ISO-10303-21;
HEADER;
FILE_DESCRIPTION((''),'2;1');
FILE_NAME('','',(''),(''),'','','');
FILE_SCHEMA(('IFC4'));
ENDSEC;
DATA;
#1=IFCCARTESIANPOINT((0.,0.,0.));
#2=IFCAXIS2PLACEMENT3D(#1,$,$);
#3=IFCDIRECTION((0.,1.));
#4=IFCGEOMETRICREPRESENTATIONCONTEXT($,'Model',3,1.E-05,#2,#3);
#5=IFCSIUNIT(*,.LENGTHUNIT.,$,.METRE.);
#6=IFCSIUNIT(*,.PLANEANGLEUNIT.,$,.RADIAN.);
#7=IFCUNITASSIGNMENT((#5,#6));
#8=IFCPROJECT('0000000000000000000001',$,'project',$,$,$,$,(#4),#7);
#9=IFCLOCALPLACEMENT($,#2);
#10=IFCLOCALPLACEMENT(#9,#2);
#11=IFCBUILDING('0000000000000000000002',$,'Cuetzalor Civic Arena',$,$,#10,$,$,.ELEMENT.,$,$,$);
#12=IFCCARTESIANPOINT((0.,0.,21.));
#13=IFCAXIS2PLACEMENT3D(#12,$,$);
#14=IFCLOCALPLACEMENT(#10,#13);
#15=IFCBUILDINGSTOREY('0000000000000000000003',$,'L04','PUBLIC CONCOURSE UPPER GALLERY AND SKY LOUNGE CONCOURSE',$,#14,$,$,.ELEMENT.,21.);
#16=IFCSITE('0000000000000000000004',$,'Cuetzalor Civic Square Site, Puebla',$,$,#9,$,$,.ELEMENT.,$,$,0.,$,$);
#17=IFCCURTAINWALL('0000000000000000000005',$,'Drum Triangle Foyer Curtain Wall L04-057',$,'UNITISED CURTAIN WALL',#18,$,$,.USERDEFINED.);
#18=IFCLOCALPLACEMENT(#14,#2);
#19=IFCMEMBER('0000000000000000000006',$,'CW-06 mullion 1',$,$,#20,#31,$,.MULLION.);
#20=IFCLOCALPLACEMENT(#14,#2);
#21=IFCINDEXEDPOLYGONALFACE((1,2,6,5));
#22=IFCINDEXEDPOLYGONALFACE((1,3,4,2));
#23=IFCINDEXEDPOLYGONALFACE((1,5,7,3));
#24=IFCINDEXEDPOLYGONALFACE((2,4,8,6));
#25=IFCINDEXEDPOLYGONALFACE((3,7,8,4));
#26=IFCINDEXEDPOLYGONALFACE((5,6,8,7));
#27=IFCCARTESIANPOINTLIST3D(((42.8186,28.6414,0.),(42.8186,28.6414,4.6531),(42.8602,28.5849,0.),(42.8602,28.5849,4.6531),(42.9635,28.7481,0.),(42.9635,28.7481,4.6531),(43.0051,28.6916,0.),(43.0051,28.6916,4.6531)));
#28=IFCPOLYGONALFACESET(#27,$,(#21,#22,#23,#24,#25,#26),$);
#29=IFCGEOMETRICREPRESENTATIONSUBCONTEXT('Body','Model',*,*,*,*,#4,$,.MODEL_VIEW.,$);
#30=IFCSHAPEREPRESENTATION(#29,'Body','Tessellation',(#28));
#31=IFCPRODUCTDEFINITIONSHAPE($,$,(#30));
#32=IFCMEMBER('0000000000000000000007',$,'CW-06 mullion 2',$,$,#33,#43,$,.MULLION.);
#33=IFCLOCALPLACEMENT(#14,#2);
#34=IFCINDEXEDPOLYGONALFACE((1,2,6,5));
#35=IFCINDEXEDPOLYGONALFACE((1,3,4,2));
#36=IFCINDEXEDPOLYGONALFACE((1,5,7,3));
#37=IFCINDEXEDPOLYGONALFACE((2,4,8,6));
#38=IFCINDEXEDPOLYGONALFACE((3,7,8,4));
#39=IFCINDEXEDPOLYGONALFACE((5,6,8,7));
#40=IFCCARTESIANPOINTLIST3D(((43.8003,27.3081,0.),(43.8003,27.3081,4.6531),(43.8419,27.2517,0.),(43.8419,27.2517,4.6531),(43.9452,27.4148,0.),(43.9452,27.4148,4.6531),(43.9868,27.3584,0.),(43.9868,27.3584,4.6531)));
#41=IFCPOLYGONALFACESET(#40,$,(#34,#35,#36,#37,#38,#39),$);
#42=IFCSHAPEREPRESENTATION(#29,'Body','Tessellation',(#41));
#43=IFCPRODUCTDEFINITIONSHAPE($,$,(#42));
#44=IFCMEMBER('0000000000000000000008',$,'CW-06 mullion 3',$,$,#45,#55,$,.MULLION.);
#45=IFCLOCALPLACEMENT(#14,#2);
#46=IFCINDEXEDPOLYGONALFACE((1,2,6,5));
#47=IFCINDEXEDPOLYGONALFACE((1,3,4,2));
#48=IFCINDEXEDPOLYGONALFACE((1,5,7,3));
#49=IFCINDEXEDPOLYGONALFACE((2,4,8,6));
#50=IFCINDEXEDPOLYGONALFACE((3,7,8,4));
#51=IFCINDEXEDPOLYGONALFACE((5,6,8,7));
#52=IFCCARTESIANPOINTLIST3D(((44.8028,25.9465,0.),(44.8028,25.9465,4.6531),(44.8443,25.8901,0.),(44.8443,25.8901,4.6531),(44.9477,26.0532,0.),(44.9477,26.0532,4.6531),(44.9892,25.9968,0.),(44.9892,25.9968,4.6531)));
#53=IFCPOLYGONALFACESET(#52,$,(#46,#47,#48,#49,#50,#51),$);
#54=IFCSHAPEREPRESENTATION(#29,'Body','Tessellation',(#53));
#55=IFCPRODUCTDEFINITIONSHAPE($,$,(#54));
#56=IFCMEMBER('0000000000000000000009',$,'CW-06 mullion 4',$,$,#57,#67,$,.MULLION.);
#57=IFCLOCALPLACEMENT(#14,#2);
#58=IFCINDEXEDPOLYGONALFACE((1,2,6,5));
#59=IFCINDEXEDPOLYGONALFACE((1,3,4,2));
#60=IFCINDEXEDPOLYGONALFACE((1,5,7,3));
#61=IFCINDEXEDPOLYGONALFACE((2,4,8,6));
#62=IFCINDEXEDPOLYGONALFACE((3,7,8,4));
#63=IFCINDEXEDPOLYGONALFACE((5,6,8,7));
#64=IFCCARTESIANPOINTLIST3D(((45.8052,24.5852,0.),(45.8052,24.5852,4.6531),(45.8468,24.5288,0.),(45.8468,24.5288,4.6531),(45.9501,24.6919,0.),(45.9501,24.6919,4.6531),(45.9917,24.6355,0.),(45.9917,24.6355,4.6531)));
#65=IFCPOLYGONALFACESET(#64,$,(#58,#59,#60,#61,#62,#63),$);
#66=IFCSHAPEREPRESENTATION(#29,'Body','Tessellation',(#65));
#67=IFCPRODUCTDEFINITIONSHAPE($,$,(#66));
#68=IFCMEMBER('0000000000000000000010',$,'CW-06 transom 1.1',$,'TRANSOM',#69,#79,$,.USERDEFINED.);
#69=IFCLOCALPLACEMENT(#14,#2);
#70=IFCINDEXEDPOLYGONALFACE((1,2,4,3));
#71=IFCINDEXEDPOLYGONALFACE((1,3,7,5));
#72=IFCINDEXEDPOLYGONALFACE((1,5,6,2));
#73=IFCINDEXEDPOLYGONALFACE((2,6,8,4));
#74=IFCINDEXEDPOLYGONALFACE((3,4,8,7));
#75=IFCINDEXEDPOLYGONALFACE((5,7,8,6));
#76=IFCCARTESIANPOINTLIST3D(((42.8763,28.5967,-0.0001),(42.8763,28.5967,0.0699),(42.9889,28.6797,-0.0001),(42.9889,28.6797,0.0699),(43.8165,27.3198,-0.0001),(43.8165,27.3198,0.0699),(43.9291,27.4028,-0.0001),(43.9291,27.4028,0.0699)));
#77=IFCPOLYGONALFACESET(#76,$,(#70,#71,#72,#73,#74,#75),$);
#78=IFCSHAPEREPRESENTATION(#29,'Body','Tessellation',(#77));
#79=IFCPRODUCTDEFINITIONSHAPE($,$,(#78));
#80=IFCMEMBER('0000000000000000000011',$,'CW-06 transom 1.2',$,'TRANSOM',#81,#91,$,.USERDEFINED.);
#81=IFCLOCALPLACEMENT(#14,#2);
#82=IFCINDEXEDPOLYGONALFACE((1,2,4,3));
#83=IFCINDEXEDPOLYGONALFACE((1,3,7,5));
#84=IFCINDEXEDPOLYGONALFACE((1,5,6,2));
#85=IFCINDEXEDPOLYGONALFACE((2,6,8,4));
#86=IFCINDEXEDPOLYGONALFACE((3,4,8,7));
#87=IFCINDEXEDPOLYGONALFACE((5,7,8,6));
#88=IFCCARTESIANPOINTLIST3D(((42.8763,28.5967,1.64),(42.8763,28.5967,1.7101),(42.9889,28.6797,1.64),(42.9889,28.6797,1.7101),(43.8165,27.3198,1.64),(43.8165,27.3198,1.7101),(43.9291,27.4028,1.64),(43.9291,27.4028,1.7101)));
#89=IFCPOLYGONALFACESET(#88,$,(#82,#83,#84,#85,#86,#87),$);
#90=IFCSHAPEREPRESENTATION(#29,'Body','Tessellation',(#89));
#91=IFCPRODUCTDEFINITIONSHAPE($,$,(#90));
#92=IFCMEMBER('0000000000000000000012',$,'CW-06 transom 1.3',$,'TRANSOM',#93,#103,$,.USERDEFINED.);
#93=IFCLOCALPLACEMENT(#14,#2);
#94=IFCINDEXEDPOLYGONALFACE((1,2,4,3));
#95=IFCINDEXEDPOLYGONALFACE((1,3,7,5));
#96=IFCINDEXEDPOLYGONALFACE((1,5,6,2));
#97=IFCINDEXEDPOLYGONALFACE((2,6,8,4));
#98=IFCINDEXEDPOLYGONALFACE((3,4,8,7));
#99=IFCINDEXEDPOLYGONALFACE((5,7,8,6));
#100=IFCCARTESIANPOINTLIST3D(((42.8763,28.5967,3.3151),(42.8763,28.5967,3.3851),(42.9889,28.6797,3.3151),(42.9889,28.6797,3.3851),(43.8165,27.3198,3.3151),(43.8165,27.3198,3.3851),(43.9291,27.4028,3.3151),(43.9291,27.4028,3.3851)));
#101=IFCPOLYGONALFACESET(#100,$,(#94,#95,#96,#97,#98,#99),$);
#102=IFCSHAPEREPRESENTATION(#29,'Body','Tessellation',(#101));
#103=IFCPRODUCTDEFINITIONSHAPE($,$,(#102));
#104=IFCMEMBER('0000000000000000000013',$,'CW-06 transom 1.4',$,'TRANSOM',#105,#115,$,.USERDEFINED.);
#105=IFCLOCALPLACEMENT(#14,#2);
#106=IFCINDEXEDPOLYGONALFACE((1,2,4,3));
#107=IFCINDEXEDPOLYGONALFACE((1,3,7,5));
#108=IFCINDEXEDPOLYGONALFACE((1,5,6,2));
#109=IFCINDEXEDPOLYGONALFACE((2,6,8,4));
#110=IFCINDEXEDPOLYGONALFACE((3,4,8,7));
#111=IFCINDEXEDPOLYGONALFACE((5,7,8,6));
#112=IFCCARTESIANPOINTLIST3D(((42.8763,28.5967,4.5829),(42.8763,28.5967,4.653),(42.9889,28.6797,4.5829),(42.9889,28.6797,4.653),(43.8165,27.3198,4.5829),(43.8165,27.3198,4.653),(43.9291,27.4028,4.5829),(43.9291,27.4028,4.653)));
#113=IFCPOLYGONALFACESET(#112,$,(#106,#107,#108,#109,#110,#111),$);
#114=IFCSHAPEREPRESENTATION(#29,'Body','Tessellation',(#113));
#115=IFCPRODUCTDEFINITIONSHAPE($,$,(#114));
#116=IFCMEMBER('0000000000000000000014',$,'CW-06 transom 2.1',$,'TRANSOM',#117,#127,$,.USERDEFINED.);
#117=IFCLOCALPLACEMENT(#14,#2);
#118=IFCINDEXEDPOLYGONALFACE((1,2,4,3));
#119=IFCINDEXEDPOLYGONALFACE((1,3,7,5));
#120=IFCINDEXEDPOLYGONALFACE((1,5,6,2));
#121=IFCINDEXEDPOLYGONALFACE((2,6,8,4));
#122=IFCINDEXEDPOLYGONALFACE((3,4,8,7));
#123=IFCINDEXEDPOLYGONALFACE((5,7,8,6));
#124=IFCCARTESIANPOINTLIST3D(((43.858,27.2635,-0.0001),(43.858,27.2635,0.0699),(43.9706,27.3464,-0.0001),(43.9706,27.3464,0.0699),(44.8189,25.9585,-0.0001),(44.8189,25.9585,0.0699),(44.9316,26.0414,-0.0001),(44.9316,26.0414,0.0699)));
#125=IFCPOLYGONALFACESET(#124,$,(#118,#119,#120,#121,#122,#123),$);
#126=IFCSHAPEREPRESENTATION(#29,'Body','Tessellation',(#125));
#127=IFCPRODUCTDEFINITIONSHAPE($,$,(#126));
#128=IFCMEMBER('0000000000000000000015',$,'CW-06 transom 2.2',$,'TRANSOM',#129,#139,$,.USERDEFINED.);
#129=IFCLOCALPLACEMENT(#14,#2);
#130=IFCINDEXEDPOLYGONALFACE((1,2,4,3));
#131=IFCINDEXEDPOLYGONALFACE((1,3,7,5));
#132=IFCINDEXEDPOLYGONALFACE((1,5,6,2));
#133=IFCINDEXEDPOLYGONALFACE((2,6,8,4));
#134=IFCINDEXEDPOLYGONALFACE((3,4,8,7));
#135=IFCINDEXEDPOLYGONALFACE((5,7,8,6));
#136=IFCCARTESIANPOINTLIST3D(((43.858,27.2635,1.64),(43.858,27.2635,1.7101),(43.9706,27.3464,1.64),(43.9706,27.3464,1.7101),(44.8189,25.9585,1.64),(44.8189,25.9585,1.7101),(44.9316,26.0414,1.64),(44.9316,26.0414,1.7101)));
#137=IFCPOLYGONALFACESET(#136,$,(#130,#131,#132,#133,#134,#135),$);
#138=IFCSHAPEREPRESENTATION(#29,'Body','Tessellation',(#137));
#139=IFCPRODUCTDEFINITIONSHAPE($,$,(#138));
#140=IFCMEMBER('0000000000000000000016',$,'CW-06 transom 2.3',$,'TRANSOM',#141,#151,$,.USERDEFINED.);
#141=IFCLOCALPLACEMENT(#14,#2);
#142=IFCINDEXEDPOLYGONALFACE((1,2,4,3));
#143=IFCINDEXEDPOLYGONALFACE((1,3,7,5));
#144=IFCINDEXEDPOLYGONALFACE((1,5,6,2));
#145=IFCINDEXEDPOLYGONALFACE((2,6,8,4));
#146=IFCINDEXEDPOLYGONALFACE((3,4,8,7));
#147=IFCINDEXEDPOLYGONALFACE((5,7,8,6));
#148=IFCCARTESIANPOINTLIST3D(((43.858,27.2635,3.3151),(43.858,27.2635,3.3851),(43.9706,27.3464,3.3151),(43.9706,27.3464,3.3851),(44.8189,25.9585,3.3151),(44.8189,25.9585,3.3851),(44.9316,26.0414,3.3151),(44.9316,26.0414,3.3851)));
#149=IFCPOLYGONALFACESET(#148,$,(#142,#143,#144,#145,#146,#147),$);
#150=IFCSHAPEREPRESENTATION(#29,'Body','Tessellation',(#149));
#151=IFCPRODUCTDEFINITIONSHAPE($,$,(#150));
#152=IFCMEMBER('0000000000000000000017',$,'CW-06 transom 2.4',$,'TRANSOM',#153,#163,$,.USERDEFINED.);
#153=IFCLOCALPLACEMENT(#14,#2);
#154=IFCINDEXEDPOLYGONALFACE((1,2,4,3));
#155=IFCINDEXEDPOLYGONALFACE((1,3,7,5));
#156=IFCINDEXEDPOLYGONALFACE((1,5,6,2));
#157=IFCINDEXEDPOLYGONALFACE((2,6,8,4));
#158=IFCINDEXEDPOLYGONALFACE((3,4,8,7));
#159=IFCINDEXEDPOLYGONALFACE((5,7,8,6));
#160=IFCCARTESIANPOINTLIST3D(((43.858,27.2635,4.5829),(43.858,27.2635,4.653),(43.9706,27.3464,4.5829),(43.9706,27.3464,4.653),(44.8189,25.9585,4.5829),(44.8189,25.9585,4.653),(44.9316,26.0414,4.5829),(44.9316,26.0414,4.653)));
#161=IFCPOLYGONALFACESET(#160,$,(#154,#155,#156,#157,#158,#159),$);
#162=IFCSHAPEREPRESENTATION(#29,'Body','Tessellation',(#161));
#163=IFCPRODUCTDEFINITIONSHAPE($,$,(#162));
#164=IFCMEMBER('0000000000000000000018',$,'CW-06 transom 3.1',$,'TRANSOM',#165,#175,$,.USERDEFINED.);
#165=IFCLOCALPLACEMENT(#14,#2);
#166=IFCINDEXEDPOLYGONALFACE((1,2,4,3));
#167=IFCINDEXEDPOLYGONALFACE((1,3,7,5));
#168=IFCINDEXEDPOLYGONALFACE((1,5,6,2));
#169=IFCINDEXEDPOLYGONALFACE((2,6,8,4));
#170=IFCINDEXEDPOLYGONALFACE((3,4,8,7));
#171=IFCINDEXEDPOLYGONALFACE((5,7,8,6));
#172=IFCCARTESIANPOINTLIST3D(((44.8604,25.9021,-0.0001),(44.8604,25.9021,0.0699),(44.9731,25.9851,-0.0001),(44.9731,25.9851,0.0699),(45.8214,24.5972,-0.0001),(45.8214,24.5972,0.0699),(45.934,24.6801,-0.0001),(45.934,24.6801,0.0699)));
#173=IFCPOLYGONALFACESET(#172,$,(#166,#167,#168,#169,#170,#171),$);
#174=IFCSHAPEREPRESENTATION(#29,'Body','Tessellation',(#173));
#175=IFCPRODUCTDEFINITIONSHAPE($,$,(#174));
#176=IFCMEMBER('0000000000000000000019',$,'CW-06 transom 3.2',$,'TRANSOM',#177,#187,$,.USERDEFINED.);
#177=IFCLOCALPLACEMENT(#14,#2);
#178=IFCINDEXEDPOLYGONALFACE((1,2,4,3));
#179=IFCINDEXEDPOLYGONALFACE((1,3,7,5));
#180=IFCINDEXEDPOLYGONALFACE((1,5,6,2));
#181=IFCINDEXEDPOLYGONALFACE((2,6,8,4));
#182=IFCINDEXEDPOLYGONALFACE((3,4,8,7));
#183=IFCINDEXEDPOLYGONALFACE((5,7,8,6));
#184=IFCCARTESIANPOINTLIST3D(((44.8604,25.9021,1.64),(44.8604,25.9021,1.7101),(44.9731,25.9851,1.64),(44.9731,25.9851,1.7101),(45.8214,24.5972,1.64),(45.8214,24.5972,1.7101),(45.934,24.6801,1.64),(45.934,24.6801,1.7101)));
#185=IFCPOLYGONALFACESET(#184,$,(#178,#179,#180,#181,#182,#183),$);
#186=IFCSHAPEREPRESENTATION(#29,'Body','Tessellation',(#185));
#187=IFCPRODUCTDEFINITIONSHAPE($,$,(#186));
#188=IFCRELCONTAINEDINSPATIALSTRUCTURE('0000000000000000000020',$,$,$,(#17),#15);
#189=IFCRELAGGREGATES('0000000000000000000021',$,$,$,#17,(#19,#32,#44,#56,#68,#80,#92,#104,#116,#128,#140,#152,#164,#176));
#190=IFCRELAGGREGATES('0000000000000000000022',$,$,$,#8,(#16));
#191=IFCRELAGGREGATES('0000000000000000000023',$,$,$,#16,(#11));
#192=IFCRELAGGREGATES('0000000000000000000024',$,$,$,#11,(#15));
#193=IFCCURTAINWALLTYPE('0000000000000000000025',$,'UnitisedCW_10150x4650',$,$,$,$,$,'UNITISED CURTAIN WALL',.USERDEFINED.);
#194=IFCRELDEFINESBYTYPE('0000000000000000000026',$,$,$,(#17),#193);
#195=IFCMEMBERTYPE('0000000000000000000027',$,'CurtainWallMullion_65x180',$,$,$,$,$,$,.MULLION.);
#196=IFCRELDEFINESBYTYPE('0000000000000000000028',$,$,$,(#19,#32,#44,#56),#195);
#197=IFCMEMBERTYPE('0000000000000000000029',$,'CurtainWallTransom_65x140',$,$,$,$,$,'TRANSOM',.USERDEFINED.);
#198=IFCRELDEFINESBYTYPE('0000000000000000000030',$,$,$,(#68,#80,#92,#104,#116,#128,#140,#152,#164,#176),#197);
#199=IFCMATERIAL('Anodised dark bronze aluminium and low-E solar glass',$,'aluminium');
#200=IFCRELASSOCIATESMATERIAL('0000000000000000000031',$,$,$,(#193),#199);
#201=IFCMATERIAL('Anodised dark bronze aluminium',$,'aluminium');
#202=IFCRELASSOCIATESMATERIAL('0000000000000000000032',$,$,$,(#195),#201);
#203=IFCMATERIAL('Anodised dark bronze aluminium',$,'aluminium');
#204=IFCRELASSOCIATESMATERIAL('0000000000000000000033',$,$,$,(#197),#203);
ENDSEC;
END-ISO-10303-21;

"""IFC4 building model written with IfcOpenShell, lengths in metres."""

from ifc_helpers import new_model, si_unit, direction, frame, origin, origin_2d, place, context, subcontext, project, spatial, rectangle, extrude, material, material_profile, profile_set, type_object, element, aggregate, save


model = new_model("IFC4")

# Units and contexts
model_context = context("Model", 3, precision=1e-05, world=origin(), true_north=direction((0.0, 1.0)))
body_context = subcontext(model_context, "Body", "Model", "MODEL_VIEW")
ifc_project = project(units=[si_unit("LENGTHUNIT", "METRE"), si_unit("PLANEANGLEUNIT", "RADIAN")], contexts=[model_context])

# Site, building, storey
site_placement = place(None, origin())
site = spatial("IfcSite", under=ifc_project, at=site_placement, Name="Cuetzalor Civic Square Site, Puebla", CompositionType="ELEMENT", RefElevation=0.0)
building_placement = place(site_placement, origin())
building = spatial("IfcBuilding", under=site, at=building_placement, Name="Cuetzalor Civic Arena", CompositionType="ELEMENT")
storey_placement = place(building_placement, frame((0.0, 0.0, 21.0)))
storey = spatial("IfcBuildingStorey", under=building, at=storey_placement, Name="L04", Description="PUBLIC CONCOURSE UPPER GALLERY AND SKY LOUNGE CONCOURSE", CompositionType="ELEMENT", Elevation=21.0)

# Curtain wall, members
ifc_material_1 = material(Name="Anodised dark bronze aluminium and low-E solar glass", Category="aluminium")
curtain_wall_type = type_object("IfcCurtainWallType", Name="UnitisedCW_10150x4650", ElementType="UNITISED CURTAIN WALL", PredefinedType="USERDEFINED", material=ifc_material_1)
curtain_wall_placement = place(storey_placement, origin())
curtain_wall = element("IfcCurtainWall", 1, at=curtain_wall_placement, inside=storey, type_object=curtain_wall_type, Name="Drum Triangle Foyer Curtain Wall L04-057", ObjectType="UNITISED CURTAIN WALL", PredefinedType="USERDEFINED")
ifc_material_2 = material(Name="Anodised dark bronze aluminium", Category="aluminium")
ifc_material_profile_1 = material_profile(ifc_material_2, rectangle(XDim=0.0701, YDim=0.1799, at=origin_2d()), Name="ALU MULLION 70x180")
ifc_profile_set_1 = profile_set([ifc_material_profile_1], Name="Anodised dark bronze aluminium")
member_type_1 = type_object("IfcMemberType", Name="CurtainWallMullion_65x180", PredefinedType="MULLION", material=ifc_profile_set_1)
member_1_placement = place(storey_placement, frame((42.9119, 28.6665, 0.0), z_axis=(0.0, 0.0, 1.0), x_axis=(0.592929, -0.805255, 0.0)))
member_1 = element("IfcMember", 2, at=member_1_placement, type_object=member_type_1, Name="CW-06 mullion 1", PredefinedType="MULLION", context=body_context, shape_type="SweptSolid", body=[
    extrude(rectangle(XDim=0.0701, YDim=0.1799, at=origin_2d()), origin(), (0.0, 0.0, 1.0), 4.6531),
])
member_2_placement = place(storey_placement, frame((43.8936, 27.3333, 0.0), z_axis=(0.0, 0.0, 1.0), x_axis=(0.592929, -0.805255, 0.0)))
member_2 = element("IfcMember", 3, at=member_2_placement, type_object=member_type_1, Name="CW-06 mullion 2", PredefinedType="MULLION", context=body_context, shape_type="SweptSolid", body=[
    extrude(rectangle(XDim=0.0701, YDim=0.1799, at=origin_2d()), origin(), (0.0, 0.0, 1.0), 4.6531),
])
member_3_placement = place(storey_placement, frame((44.896, 25.9717, 0.0), z_axis=(0.0, 0.0, 1.0), x_axis=(0.592929, -0.805255, 0.0)))
member_3 = element("IfcMember", 4, at=member_3_placement, type_object=member_type_1, Name="CW-06 mullion 3", PredefinedType="MULLION", context=body_context, shape_type="SweptSolid", body=[
    extrude(rectangle(XDim=0.0701, YDim=0.1799, at=origin_2d()), origin(), (0.0, 0.0, 1.0), 4.6531),
])
member_4_placement = place(storey_placement, frame((45.8984, 24.6104, 0.0), z_axis=(0.0, 0.0, 1.0), x_axis=(0.592929, -0.805255, 0.0)))
member_4 = element("IfcMember", 5, at=member_4_placement, type_object=member_type_1, Name="CW-06 mullion 4", PredefinedType="MULLION", context=body_context, shape_type="SweptSolid", body=[
    extrude(rectangle(XDim=0.0701, YDim=0.1799, at=origin_2d()), origin(), (0.0, 0.0, 1.0), 4.6531),
])
ifc_material_3 = material(Name="Anodised dark bronze aluminium", Category="aluminium")
ifc_material_profile_2 = material_profile(ifc_material_3, rectangle(XDim=0.1399, YDim=0.0701, at=origin_2d()), Name="ALU TRANSOM 70x140")
ifc_profile_set_2 = profile_set([ifc_material_profile_2], Name="Anodised dark bronze aluminium")
member_type_2 = type_object("IfcMemberType", Name="CurtainWallTransom_65x140", ElementType="TRANSOM", PredefinedType="USERDEFINED", material=ifc_profile_set_2)
member_5_placement = place(storey_placement, frame((42.9326, 28.6382, 0.0349), z_axis=(0.592931, -0.805253, 0.0), x_axis=(0.805253, 0.592931, 0.0)))
member_5 = element("IfcMember", 6, at=member_5_placement, type_object=member_type_2, Name="CW-06 transom 1.1", ObjectType="TRANSOM", PredefinedType="USERDEFINED", context=body_context, shape_type="SweptSolid", body=[
    extrude(rectangle(XDim=0.1399, YDim=0.0701, at=origin_2d()), origin(), (0.0, 0.0, 1.0), 1.5857),
])
member_6_placement = place(storey_placement, frame((42.9326, 28.6382, 1.675), z_axis=(0.592931, -0.805253, 0.0), x_axis=(0.805253, 0.592931, 0.0)))
member_6 = element("IfcMember", 7, at=member_6_placement, type_object=member_type_2, Name="CW-06 transom 1.2", ObjectType="TRANSOM", PredefinedType="USERDEFINED", context=body_context, shape_type="SweptSolid", body=[
    extrude(rectangle(XDim=0.1399, YDim=0.0701, at=origin_2d()), origin(), (0.0, 0.0, 1.0), 1.5857),
])
member_7_placement = place(storey_placement, frame((42.9326, 28.6382, 3.3501), z_axis=(0.592931, -0.805253, 0.0), x_axis=(0.805253, 0.592931, 0.0)))
member_7 = element("IfcMember", 8, at=member_7_placement, type_object=member_type_2, Name="CW-06 transom 1.3", ObjectType="TRANSOM", PredefinedType="USERDEFINED", context=body_context, shape_type="SweptSolid", body=[
    extrude(rectangle(XDim=0.1399, YDim=0.0701, at=origin_2d()), origin(), (0.0, 0.0, 1.0), 1.5857),
])
member_8_placement = place(storey_placement, frame((42.9326, 28.6382, 4.6179), z_axis=(0.592931, -0.805253, 0.0), x_axis=(0.805253, 0.592931, 0.0)))
member_8 = element("IfcMember", 9, at=member_8_placement, type_object=member_type_2, Name="CW-06 transom 1.4", ObjectType="TRANSOM", PredefinedType="USERDEFINED", context=body_context, shape_type="SweptSolid", body=[
    extrude(rectangle(XDim=0.1399, YDim=0.0701, at=origin_2d()), origin(), (0.0, 0.0, 1.0), 1.5857),
])
member_9_placement = place(storey_placement, frame((43.9143, 27.3049, 0.0349), z_axis=(0.592963, -0.80523, 0.0), x_axis=(0.80523, 0.592963, 0.0)))
member_9 = element("IfcMember", 10, at=member_9_placement, type_object=member_type_2, Name="CW-06 transom 2.1", ObjectType="TRANSOM", PredefinedType="USERDEFINED", context=body_context, shape_type="SweptSolid", body=[
    extrude(rectangle(XDim=0.1399, YDim=0.0701, at=origin_2d()), origin(), (0.0, 0.0, 1.0), 1.6206),
])
member_10_placement = place(storey_placement, frame((43.9143, 27.3049, 1.675), z_axis=(0.592963, -0.80523, 0.0), x_axis=(0.80523, 0.592963, 0.0)))
member_10 = element("IfcMember", 11, at=member_10_placement, type_object=member_type_2, Name="CW-06 transom 2.2", ObjectType="TRANSOM", PredefinedType="USERDEFINED", context=body_context, shape_type="SweptSolid", body=[
    extrude(rectangle(XDim=0.1399, YDim=0.0701, at=origin_2d()), origin(), (0.0, 0.0, 1.0), 1.6206),
])
member_11_placement = place(storey_placement, frame((43.9143, 27.3049, 3.3501), z_axis=(0.592963, -0.80523, 0.0), x_axis=(0.80523, 0.592963, 0.0)))
member_11 = element("IfcMember", 12, at=member_11_placement, type_object=member_type_2, Name="CW-06 transom 2.3", ObjectType="TRANSOM", PredefinedType="USERDEFINED", context=body_context, shape_type="SweptSolid", body=[
    extrude(rectangle(XDim=0.1399, YDim=0.0701, at=origin_2d()), origin(), (0.0, 0.0, 1.0), 1.6206),
])
member_12_placement = place(storey_placement, frame((43.9143, 27.3049, 4.6179), z_axis=(0.592963, -0.80523, 0.0), x_axis=(0.80523, 0.592963, 0.0)))
member_12 = element("IfcMember", 13, at=member_12_placement, type_object=member_type_2, Name="CW-06 transom 2.4", ObjectType="TRANSOM", PredefinedType="USERDEFINED", context=body_context, shape_type="SweptSolid", body=[
    extrude(rectangle(XDim=0.1399, YDim=0.0701, at=origin_2d()), origin(), (0.0, 0.0, 1.0), 1.6206),
])
member_13_placement = place(storey_placement, frame((44.9167, 25.9436, 0.0349), z_axis=(0.592963, -0.80523, 0.0), x_axis=(0.80523, 0.592963, 0.0)))
member_13 = element("IfcMember", 14, at=member_13_placement, type_object=member_type_2, Name="CW-06 transom 3.1", ObjectType="TRANSOM", PredefinedType="USERDEFINED", context=body_context, shape_type="SweptSolid", body=[
    extrude(rectangle(XDim=0.1399, YDim=0.0701, at=origin_2d()), origin(), (0.0, 0.0, 1.0), 1.6206),
])
member_14_placement = place(storey_placement, frame((44.9167, 25.9436, 1.675), z_axis=(0.592963, -0.80523, 0.0), x_axis=(0.80523, 0.592963, 0.0)))
member_14 = element("IfcMember", 15, at=member_14_placement, type_object=member_type_2, Name="CW-06 transom 3.2", ObjectType="TRANSOM", PredefinedType="USERDEFINED", context=body_context, shape_type="SweptSolid", body=[
    extrude(rectangle(XDim=0.1399, YDim=0.0701, at=origin_2d()), origin(), (0.0, 0.0, 1.0), 1.6206),
])
aggregate(curtain_wall, [member_1, member_2, member_3, member_4, member_5, member_6, member_7, member_8, member_9, member_10, member_11, member_12, member_13, member_14])

save(model, "model.ifc")
